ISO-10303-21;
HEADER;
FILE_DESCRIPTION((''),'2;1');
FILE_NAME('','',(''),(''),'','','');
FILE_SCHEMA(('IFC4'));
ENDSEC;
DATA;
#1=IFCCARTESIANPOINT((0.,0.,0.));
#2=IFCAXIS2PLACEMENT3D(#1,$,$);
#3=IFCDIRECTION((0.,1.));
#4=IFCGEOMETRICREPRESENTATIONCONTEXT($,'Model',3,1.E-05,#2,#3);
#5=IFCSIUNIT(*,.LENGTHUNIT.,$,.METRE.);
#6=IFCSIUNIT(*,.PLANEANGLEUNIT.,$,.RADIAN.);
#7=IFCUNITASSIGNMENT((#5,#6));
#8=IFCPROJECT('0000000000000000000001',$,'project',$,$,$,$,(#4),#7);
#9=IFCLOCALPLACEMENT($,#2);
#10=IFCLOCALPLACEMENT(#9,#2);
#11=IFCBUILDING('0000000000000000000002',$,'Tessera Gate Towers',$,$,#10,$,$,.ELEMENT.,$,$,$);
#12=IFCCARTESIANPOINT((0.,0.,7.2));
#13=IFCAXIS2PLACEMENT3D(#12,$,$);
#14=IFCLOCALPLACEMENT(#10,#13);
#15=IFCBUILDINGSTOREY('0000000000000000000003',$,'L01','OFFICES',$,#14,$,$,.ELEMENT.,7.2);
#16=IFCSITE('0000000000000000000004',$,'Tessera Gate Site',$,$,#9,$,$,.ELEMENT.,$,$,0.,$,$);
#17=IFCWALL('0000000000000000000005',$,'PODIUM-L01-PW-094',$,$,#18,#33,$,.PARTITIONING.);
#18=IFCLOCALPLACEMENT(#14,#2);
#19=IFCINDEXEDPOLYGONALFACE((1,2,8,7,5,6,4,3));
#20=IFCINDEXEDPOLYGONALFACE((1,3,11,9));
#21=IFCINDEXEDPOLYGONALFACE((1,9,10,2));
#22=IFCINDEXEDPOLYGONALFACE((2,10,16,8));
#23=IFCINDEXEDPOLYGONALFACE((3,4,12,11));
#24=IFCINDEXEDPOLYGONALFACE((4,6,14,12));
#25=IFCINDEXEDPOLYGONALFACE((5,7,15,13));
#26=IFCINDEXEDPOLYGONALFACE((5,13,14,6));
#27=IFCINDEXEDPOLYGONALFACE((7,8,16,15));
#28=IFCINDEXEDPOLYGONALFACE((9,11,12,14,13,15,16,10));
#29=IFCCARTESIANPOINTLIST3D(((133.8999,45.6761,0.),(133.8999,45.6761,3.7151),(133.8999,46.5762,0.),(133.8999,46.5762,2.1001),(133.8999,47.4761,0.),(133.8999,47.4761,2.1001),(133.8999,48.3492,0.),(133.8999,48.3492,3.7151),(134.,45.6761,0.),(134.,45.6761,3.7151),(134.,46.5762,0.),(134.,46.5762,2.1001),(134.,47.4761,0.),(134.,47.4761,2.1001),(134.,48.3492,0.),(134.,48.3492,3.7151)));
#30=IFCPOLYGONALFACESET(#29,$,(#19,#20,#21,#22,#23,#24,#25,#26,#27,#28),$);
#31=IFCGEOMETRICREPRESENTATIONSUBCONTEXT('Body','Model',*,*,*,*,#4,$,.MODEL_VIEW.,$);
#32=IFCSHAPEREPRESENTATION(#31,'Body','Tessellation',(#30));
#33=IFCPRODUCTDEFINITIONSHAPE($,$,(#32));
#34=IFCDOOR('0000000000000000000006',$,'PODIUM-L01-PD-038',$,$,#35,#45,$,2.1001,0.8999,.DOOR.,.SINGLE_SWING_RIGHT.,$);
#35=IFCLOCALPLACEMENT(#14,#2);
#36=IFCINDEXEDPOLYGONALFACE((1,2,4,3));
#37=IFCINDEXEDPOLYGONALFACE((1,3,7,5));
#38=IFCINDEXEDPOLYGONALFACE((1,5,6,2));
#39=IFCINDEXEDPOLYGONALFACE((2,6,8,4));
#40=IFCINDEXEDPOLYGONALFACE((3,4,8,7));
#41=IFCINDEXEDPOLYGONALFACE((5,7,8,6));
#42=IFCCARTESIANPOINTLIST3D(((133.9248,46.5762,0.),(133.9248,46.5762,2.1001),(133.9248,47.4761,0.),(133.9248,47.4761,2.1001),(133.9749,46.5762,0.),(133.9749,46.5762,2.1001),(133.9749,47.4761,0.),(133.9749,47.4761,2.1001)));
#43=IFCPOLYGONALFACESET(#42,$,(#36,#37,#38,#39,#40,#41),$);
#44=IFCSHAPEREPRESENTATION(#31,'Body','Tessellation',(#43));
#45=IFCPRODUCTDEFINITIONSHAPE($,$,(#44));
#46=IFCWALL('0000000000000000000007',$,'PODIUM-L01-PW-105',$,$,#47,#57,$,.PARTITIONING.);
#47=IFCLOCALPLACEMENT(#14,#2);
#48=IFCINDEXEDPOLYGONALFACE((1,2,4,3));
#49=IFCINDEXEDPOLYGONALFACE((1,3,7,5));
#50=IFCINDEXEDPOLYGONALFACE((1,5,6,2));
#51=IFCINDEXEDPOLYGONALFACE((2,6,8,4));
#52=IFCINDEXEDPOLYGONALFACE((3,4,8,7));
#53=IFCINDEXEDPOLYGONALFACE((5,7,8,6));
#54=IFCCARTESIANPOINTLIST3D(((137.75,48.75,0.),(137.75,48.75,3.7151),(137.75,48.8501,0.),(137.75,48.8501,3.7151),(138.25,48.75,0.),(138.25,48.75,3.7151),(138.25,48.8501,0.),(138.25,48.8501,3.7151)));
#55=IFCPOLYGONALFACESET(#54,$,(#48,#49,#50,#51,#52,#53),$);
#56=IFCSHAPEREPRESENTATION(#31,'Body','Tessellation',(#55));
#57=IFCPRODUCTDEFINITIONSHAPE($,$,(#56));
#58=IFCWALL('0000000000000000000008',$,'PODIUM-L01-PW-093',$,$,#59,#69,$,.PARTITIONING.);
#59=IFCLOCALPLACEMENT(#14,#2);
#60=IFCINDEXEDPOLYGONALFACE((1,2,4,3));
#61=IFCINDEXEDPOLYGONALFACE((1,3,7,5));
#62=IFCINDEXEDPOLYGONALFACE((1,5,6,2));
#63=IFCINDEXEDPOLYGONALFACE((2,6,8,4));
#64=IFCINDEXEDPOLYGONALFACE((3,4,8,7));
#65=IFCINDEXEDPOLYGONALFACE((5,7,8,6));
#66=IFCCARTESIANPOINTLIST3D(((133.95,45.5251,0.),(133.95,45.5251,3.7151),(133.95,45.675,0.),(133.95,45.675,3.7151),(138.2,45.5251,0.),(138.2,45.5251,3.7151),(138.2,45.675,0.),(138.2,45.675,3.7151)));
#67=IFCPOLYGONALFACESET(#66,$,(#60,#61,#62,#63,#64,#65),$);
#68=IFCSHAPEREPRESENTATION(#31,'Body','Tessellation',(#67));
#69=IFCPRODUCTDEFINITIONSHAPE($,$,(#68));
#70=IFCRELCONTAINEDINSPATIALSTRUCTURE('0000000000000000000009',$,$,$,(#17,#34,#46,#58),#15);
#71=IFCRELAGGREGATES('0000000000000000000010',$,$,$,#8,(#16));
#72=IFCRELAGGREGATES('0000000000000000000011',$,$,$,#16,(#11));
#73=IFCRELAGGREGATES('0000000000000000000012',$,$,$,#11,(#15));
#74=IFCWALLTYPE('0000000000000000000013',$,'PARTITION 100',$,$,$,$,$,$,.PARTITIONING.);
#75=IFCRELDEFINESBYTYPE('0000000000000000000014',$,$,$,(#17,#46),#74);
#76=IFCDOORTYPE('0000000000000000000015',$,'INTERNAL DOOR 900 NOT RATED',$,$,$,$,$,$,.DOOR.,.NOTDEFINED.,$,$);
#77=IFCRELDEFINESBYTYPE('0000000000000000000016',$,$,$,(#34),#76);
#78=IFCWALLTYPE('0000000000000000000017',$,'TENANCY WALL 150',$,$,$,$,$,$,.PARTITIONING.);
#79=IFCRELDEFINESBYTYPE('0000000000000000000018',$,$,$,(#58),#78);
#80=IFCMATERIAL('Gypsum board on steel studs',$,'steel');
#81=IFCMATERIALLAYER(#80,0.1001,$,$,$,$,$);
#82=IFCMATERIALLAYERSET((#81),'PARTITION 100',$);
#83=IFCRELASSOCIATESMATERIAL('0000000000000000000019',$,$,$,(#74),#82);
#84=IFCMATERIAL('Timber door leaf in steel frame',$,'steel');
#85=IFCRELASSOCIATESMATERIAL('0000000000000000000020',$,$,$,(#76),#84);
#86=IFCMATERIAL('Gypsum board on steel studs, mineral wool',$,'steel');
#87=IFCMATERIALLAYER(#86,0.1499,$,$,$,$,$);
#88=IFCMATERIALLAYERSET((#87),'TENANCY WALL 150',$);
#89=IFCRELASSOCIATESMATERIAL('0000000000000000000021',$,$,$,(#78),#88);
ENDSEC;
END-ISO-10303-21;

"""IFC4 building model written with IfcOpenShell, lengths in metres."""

from ifc_helpers import new_model, si_unit, direction, frame, frame_2d, origin, place, context, subcontext, project, spatial, rectangle, extrude, source, transform, mapped, material, layer, layer_set, type_object, element, fill, save


model = new_model("IFC4")

# Units and contexts
model_context = context("Model", 3, precision=1e-05, world=origin(), true_north=direction((0.0, 1.0)))
body_context = subcontext(model_context, "Body", "Model", "MODEL_VIEW")
ifc_project = project(units=[si_unit("LENGTHUNIT", "METRE"), si_unit("PLANEANGLEUNIT", "RADIAN")], contexts=[model_context])

# Site, building, storey
site_placement = place(None, origin())
site = spatial("IfcSite", under=ifc_project, at=site_placement, Name="Tessera Gate Site", CompositionType="ELEMENT", RefElevation=0.0)
building_placement = place(site_placement, origin())
building = spatial("IfcBuilding", under=site, at=building_placement, Name="Tessera Gate Towers", CompositionType="ELEMENT")
storey_placement = place(building_placement, frame((0.0, 0.0, 7.2)))
storey = spatial("IfcBuildingStorey", under=building, at=storey_placement, Name="L01", Description="OFFICES", CompositionType="ELEMENT", Elevation=7.2)

# Shared definitions
shared_shape_1 = source(origin(), body_context, "Body", "SweptSolid", [
    extrude(rectangle(XDim=0.8999, YDim=2.1001, at=frame_2d((0.45, 1.05))), frame((0.0, 0.0601, 0.0), z_axis=(0.0, -1.0, 0.0), x_axis=(1.0, 0.0, 0.0)), (0.0, 0.0, 1.0), 0.1201),
])
shared_shape_2 = source(origin(), body_context, "Body", "SweptSolid", [
    extrude(rectangle(XDim=0.8999, YDim=2.1001, at=frame_2d((0.45, 1.05))), frame((0.0, 0.0249, 0.0), z_axis=(0.0, -1.0, 0.0), x_axis=(1.0, 0.0, 0.0)), (0.0, 0.0, 1.0), 0.05),
])

# Shared definitions
ifc_material_1 = material(Name="Gypsum board on steel studs", Category="steel")
ifc_layer_1 = layer(ifc_material_1, 0.1001)
ifc_layer_set_1 = layer_set([ifc_layer_1], Name="PARTITION 100")
wall_type_1 = type_object("IfcWallType", Name="PARTITION 100", PredefinedType="PARTITIONING", material=ifc_layer_set_1)

# Wall, opening, door
wall_1_placement = place(storey_placement, frame((133.95, 48.3491, 0.0), z_axis=(0.0, 0.0, 1.0), x_axis=(0.0, -1.0, 0.0)))
wall_1 = element("IfcWall", 1, at=wall_1_placement, inside=storey, type_object=wall_type_1, Name="PODIUM-L01-PW-094", PredefinedType="PARTITIONING", context=body_context, shape_type="SweptSolid", body=[
    extrude(rectangle(XDim=2.6731, YDim=0.1001, at=frame_2d((1.3364, 0.0))), origin(), (0.0, 0.0, 1.0), 3.7151),
])
opening_1_placement = place(wall_1_placement, frame((0.873, 0.0, 0.0)))
opening_1 = element("IfcOpeningElement", 2, at=opening_1_placement, cuts=wall_1, PredefinedType="OPENING", context=body_context, shape_type="MappedRepresentation", body=[
    mapped(shared_shape_1, transform((0.0, 0.0, 0.0), scale=1.0)),
])
ifc_material_2 = material(Name="Timber door leaf in steel frame", Category="steel")
door_type_1 = type_object("IfcDoorType", Name="INTERNAL DOOR 900 NOT RATED", OperationType="NOTDEFINED", PredefinedType="DOOR", material=ifc_material_2)
door_1_placement = place(opening_1_placement, origin())
door_1 = element("IfcDoor", 3, at=door_1_placement, inside=storey, type_object=door_type_1, Name="PODIUM-L01-PD-038", OperationType="SINGLE_SWING_RIGHT", OverallHeight=2.1001, OverallWidth=0.8999, PredefinedType="DOOR", context=body_context, shape_type="MappedRepresentation", body=[
    mapped(shared_shape_2, transform((0.0, 0.0, 0.0), scale=1.0)),
])
fill(opening_1, door_1)

# Walls
wall_2_placement = place(storey_placement, frame((137.75, 48.8, 0.0), z_axis=(0.0, 0.0, 1.0), x_axis=(1.0, 0.0, 0.0)))
element("IfcWall", 4, at=wall_2_placement, inside=storey, type_object=wall_type_1, Name="PODIUM-L01-PW-105", PredefinedType="PARTITIONING", context=body_context, shape_type="SweptSolid", body=[
    extrude(rectangle(XDim=0.5, YDim=0.1001, at=frame_2d((0.25, 0.0))), origin(), (0.0, 0.0, 1.0), 3.7151),
])
ifc_material_3 = material(Name="Gypsum board on steel studs, mineral wool", Category="steel")
ifc_layer_2 = layer(ifc_material_3, 0.1499)
ifc_layer_set_2 = layer_set([ifc_layer_2], Name="TENANCY WALL 150")
wall_type_2 = type_object("IfcWallType", Name="TENANCY WALL 150", PredefinedType="PARTITIONING", material=ifc_layer_set_2)
wall_3_placement = place(storey_placement, frame((133.95, 45.6001, 0.0), z_axis=(0.0, 0.0, 1.0), x_axis=(1.0, 0.0, 0.0)))
element("IfcWall", 5, at=wall_3_placement, inside=storey, type_object=wall_type_2, Name="PODIUM-L01-PW-093", PredefinedType="PARTITIONING", context=body_context, shape_type="SweptSolid", body=[
    extrude(rectangle(XDim=4.25, YDim=0.1499, at=frame_2d((2.125, 0.0))), origin(), (0.0, 0.0, 1.0), 3.7151),
])

save(model, "model.ifc")
